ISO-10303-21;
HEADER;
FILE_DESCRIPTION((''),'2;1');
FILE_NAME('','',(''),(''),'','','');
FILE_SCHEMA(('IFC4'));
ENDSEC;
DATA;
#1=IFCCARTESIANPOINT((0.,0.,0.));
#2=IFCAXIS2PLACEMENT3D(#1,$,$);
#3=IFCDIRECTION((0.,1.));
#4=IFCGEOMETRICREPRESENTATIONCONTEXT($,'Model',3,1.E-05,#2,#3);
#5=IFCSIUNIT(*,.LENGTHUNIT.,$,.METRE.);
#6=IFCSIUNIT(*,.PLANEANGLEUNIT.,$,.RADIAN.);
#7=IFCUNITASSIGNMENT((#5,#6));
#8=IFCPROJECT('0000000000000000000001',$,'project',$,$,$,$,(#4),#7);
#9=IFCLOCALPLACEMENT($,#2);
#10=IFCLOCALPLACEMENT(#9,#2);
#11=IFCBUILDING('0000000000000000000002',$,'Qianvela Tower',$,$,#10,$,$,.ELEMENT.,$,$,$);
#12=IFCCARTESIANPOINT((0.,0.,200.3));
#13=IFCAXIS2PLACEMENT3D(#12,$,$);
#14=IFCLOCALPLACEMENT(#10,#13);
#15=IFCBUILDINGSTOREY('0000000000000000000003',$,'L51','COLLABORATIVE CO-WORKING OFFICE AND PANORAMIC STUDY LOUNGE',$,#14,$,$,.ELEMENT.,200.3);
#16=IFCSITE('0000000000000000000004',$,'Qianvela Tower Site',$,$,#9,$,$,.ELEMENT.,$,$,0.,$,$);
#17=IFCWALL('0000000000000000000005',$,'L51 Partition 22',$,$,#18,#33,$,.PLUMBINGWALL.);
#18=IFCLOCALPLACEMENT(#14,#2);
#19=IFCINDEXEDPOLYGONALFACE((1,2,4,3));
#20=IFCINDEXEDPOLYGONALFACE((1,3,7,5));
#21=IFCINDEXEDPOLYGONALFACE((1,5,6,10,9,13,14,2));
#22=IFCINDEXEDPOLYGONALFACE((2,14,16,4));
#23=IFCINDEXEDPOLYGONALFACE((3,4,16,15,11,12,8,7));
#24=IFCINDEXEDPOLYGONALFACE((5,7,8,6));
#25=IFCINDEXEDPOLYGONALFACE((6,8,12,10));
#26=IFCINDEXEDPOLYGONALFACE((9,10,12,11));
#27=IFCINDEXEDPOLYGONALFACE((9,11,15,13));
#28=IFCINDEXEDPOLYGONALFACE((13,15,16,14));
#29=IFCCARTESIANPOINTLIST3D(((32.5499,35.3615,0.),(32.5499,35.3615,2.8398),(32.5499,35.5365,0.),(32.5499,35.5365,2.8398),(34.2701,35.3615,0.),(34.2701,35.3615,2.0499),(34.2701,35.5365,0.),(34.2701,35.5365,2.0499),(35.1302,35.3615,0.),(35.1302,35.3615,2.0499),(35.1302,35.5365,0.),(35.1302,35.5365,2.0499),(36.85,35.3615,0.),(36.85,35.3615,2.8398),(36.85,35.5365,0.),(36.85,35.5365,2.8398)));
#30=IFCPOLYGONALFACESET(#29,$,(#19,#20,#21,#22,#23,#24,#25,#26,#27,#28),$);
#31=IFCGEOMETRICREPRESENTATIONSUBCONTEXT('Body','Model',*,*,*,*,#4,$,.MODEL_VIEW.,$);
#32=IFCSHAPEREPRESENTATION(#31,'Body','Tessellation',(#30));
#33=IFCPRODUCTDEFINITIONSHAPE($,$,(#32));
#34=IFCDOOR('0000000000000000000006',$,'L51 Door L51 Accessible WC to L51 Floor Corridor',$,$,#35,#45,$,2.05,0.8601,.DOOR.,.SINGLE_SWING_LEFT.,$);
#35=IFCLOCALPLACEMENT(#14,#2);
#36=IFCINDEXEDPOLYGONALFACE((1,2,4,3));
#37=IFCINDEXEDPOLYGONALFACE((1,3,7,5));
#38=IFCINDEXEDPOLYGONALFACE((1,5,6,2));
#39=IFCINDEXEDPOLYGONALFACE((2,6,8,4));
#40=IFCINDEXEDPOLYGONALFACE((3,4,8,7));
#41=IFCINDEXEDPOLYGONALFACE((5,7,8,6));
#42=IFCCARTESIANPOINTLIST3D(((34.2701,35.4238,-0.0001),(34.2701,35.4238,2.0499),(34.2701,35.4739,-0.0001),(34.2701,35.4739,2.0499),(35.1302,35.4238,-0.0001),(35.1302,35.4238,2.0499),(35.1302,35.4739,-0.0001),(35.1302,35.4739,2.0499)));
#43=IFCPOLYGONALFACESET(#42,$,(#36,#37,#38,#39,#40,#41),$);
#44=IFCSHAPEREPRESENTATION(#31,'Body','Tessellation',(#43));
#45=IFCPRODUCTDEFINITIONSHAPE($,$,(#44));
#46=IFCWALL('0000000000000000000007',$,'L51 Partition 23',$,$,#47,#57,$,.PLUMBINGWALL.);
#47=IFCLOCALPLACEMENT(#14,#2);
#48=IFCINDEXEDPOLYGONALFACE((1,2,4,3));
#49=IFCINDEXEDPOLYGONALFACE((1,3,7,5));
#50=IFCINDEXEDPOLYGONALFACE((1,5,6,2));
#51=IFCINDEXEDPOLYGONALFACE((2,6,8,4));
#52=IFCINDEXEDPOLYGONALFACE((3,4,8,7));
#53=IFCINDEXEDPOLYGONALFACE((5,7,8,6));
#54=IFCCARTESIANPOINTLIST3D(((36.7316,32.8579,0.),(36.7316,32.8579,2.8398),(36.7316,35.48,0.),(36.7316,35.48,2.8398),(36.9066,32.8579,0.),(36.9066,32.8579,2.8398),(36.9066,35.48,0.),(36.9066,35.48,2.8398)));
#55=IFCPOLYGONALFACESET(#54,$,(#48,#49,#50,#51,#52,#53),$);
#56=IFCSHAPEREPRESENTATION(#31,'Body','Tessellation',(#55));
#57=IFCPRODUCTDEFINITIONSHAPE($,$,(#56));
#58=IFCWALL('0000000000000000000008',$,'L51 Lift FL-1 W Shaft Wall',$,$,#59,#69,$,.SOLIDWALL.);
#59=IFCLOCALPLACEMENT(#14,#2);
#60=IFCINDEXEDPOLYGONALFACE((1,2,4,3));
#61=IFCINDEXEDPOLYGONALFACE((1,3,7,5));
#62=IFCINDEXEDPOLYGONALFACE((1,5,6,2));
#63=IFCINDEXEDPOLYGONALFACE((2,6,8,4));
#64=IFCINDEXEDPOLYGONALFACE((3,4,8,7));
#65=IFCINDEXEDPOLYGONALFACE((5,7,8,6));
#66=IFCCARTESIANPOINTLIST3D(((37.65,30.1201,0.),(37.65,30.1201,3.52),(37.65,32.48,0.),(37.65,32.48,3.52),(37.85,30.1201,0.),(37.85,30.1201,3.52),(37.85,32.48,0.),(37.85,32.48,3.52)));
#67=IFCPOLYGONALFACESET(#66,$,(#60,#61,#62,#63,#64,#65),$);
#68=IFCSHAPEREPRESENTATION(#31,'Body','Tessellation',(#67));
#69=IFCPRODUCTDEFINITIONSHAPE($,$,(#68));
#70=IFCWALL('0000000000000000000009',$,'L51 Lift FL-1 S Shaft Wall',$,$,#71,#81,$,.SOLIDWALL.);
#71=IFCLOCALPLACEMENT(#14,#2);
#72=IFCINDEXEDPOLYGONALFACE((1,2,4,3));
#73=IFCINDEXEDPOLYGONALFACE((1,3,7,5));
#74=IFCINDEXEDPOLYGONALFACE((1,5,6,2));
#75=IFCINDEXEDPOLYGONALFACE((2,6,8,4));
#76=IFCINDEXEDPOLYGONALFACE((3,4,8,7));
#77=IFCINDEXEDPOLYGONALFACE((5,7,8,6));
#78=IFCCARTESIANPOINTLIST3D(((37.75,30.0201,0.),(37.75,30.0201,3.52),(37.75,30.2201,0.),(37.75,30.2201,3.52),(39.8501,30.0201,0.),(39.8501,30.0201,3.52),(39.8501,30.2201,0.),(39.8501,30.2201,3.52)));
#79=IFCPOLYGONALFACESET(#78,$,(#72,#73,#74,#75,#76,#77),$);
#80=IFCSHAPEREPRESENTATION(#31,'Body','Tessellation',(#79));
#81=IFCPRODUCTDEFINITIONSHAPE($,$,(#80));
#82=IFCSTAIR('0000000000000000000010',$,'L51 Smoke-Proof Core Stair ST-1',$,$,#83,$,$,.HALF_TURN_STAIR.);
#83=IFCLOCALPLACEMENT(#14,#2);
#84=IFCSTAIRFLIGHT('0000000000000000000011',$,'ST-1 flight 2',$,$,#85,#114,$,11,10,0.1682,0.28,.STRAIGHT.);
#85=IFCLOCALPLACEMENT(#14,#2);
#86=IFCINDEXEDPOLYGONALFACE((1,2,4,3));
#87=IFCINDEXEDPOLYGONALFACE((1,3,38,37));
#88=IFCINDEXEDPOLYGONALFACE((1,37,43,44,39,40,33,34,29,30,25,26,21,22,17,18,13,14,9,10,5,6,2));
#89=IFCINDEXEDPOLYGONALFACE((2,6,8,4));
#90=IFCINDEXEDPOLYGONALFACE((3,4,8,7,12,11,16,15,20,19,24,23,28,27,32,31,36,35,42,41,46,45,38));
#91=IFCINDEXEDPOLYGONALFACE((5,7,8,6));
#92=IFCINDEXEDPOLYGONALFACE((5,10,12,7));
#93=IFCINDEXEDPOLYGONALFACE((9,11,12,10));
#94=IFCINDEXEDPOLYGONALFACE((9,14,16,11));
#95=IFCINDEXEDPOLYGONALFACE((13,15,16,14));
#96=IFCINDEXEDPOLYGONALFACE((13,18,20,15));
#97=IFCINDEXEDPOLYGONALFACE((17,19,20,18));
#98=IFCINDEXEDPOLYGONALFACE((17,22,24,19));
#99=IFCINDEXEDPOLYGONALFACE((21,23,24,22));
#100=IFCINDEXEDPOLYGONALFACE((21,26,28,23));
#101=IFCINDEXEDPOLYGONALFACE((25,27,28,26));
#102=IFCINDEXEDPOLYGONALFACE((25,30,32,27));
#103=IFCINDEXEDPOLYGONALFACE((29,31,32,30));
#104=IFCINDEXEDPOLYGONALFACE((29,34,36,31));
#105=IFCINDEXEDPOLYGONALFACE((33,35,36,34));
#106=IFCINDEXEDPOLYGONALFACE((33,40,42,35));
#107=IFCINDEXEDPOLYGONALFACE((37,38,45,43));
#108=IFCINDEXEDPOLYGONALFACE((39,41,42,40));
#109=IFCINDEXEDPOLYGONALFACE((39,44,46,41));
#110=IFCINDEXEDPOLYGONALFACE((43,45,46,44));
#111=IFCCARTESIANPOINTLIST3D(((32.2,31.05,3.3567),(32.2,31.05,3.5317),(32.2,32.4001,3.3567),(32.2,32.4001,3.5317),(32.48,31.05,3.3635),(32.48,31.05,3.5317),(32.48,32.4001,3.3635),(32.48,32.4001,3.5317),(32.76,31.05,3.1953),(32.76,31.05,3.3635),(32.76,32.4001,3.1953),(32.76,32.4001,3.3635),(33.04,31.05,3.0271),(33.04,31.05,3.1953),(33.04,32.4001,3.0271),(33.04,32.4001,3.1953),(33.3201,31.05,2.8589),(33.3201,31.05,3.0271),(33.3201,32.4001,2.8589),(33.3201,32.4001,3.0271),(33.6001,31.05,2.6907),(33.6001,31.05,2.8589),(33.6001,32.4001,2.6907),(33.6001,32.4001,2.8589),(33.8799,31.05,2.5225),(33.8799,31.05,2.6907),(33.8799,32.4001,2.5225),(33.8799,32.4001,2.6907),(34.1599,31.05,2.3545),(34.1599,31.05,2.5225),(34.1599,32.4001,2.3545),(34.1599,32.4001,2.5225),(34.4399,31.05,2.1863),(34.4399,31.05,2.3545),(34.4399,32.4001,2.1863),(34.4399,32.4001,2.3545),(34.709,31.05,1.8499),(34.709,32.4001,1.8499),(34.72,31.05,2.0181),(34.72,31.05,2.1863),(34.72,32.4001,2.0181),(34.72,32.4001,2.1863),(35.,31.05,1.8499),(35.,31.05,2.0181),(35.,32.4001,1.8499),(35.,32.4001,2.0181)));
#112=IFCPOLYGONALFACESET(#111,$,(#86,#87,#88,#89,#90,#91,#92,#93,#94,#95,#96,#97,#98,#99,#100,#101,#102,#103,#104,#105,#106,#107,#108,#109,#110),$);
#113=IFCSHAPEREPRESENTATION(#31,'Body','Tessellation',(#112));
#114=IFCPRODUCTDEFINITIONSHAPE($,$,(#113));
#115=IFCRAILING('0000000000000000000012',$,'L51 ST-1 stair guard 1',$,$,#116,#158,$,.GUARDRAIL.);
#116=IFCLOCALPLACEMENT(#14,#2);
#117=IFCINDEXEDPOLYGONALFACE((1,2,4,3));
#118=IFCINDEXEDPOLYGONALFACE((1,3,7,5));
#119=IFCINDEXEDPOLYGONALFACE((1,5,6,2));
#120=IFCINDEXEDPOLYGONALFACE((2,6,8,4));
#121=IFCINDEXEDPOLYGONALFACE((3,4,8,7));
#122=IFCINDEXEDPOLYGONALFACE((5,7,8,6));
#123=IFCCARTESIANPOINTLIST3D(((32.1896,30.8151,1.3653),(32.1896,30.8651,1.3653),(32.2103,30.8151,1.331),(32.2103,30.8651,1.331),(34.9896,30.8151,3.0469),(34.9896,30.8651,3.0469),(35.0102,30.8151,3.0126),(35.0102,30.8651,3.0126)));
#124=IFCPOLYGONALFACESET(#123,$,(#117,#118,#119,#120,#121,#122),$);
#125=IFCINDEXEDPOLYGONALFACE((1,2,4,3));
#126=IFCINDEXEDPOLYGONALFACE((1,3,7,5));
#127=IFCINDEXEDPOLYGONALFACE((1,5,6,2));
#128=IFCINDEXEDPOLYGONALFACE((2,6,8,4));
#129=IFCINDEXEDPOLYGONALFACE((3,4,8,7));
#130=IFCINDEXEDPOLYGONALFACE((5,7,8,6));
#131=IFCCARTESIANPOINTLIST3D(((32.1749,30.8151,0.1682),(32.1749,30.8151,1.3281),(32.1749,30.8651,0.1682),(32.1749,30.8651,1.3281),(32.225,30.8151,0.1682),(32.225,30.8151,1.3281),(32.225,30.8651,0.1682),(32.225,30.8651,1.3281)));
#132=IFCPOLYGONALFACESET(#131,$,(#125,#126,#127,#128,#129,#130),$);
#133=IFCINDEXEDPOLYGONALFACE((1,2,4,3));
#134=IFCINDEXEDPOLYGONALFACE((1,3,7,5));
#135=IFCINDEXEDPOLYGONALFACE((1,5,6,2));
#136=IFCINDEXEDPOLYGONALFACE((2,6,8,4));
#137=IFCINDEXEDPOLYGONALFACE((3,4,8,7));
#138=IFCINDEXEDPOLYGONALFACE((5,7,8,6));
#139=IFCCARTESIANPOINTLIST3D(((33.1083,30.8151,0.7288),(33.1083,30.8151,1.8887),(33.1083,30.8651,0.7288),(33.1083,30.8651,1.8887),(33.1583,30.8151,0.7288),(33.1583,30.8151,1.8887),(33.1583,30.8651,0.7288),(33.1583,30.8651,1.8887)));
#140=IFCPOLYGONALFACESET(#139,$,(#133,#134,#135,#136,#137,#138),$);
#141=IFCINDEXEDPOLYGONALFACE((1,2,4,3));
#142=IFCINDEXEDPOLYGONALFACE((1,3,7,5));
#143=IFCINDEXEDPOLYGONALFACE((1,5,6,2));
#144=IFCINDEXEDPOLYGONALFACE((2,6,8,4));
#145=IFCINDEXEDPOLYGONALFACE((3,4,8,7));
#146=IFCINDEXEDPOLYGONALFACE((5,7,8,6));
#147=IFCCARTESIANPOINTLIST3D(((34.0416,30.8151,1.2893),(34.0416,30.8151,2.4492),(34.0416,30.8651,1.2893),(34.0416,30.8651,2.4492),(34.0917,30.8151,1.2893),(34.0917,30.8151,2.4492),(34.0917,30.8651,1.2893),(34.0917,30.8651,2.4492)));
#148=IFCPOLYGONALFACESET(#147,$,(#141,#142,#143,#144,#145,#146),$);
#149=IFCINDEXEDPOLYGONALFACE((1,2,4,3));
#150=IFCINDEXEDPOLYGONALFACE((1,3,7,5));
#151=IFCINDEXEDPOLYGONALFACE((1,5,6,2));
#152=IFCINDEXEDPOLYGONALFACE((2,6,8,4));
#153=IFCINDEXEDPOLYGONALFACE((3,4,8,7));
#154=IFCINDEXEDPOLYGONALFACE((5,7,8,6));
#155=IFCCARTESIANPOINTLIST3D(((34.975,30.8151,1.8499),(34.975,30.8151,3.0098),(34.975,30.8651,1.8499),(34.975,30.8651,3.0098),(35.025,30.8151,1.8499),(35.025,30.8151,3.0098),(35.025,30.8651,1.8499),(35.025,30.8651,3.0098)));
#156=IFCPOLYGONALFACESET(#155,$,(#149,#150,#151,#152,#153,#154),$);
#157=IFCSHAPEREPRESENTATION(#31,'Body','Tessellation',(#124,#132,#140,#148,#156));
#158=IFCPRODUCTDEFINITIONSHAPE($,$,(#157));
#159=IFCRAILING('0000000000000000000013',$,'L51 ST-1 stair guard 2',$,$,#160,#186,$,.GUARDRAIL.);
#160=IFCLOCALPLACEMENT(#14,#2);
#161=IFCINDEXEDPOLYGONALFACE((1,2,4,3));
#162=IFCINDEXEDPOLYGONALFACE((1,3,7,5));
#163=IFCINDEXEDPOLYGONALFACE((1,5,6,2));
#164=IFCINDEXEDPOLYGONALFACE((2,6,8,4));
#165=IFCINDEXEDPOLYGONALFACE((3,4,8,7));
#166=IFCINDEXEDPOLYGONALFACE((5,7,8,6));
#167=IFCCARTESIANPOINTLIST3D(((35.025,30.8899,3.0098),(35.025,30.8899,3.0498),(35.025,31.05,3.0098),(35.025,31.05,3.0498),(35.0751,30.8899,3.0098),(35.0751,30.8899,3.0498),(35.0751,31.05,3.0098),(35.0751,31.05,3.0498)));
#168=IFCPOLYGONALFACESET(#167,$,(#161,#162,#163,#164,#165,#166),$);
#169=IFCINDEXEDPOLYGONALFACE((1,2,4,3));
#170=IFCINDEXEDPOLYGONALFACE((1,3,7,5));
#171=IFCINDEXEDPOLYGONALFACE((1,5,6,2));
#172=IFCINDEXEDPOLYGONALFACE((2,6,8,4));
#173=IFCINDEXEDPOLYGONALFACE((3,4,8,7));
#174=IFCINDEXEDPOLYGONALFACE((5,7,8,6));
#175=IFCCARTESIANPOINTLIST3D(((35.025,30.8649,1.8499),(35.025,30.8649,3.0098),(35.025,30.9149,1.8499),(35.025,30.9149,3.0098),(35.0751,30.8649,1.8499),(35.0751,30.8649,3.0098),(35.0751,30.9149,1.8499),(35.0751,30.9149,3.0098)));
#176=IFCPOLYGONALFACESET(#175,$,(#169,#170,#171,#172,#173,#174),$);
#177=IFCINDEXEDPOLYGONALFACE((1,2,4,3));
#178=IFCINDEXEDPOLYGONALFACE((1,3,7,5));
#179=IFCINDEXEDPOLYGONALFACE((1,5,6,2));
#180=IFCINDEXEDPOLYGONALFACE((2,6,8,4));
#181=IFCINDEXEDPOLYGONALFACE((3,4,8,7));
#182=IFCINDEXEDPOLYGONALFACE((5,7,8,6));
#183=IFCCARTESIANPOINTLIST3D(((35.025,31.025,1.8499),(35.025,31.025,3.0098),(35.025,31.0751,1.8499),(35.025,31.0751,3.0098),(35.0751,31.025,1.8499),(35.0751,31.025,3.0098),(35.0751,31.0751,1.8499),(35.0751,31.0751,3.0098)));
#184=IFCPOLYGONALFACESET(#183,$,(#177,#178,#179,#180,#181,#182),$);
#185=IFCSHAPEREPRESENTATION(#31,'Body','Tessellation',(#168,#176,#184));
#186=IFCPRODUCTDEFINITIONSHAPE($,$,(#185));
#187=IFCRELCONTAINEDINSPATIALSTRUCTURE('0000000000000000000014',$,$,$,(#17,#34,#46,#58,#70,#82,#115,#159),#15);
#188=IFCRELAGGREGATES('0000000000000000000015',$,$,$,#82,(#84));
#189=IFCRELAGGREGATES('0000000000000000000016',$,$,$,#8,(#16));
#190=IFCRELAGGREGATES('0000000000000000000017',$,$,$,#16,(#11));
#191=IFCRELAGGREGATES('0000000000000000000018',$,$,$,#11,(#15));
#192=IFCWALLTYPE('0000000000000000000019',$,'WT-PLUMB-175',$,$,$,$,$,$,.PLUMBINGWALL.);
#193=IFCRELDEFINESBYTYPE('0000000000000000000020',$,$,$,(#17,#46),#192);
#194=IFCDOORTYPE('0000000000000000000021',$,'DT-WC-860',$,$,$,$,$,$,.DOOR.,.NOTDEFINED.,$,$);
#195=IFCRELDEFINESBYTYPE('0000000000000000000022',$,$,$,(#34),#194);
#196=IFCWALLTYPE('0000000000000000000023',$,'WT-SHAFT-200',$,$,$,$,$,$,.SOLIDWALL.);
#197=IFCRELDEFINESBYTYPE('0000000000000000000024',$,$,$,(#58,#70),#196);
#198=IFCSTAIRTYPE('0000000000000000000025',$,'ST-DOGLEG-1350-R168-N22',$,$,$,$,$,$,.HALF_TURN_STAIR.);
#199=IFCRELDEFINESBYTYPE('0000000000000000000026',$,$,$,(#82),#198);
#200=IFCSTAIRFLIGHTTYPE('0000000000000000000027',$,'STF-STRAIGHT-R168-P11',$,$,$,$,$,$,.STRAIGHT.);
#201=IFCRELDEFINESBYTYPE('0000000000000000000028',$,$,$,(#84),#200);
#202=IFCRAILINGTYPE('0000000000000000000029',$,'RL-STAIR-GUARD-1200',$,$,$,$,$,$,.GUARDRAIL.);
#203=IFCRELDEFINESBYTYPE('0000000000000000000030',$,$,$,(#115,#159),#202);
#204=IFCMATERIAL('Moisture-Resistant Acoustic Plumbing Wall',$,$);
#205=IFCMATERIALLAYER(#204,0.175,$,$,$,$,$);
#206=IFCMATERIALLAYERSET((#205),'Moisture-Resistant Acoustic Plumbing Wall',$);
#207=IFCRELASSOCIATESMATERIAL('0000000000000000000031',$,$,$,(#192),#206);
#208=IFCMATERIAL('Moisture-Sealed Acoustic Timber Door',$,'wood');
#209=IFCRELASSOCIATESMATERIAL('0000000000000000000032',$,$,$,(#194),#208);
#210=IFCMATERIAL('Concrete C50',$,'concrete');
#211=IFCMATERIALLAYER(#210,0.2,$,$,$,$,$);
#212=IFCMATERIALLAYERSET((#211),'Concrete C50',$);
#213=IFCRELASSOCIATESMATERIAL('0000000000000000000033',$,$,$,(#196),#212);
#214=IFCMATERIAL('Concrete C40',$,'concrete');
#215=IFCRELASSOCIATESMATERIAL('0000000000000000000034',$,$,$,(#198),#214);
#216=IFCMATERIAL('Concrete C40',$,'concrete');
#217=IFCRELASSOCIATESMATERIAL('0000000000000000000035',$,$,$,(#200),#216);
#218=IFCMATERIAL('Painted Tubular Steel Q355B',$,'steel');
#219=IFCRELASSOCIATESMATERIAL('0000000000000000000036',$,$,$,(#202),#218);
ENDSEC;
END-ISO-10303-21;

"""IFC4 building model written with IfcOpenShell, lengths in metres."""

from ifc_helpers import new_model, si_unit, direction, frame, frame_2d, origin, origin_2d, place, context, subcontext, project, spatial, polyline, rectangle, outline, extrude, material, layer, layer_set, type_object, element, fill, aggregate, save


model = new_model("IFC4")

# Units and contexts
model_context = context("Model", 3, precision=1e-05, world=origin(), true_north=direction((0.0, 1.0)))
body_context = subcontext(model_context, "Body", "Model", "MODEL_VIEW")
ifc_project = project(units=[si_unit("LENGTHUNIT", "METRE"), si_unit("PLANEANGLEUNIT", "RADIAN")], contexts=[model_context])

# Site, building, storey
site_placement = place(None, origin())
site = spatial("IfcSite", under=ifc_project, at=site_placement, Name="Qianvela Tower Site", CompositionType="ELEMENT", RefElevation=0.0)
building_placement = place(site_placement, origin())
building = spatial("IfcBuilding", under=site, at=building_placement, Name="Qianvela Tower", CompositionType="ELEMENT")
storey_placement = place(building_placement, frame((0.0, 0.0, 200.3)))
storey = spatial("IfcBuildingStorey", under=building, at=storey_placement, Name="L51", Description="COLLABORATIVE CO-WORKING OFFICE AND PANORAMIC STUDY LOUNGE", CompositionType="ELEMENT", Elevation=200.3)

# Wall, opening, door
ifc_material_1 = material(Name="Moisture-Resistant Acoustic Plumbing Wall")
ifc_layer_1 = layer(ifc_material_1, 0.175)
ifc_layer_set_1 = layer_set([ifc_layer_1], Name="Moisture-Resistant Acoustic Plumbing Wall")
wall_type_1 = type_object("IfcWallType", Name="WT-PLUMB-175", PredefinedType="PLUMBINGWALL", material=ifc_layer_set_1)
wall_1_placement = place(storey_placement, frame((32.55, 35.449, 0.0), z_axis=(0.0, 0.0, 1.0), x_axis=(1.0, 0.0, 0.0)))
wall_1 = element("IfcWall", 1, at=wall_1_placement, inside=storey, type_object=wall_type_1, Name="L51 Partition 22", PredefinedType="PLUMBINGWALL", context=body_context, shape_type="SweptSolid", body=[
    extrude(rectangle(XDim=4.3, YDim=0.175, at=frame_2d((2.1499, 0.0))), origin(), (0.0, 0.0, 1.0), 2.8398),
])
opening_1_placement = place(wall_1_placement, frame((1.72, 0.0, 0.0)))
opening_1 = element("IfcOpeningElement", 2, at=opening_1_placement, cuts=wall_1, PredefinedType="OPENING", context=body_context, shape_type="SweptSolid", body=[
    extrude(rectangle(XDim=0.8601, YDim=2.05, at=frame_2d((0.4302, 1.0249))), frame((0.0, 0.0974, 0.0), z_axis=(0.0, -1.0, 0.0), x_axis=(1.0, 0.0, 0.0)), (0.0, 0.0, 1.0), 0.1951),
])
ifc_material_2 = material(Name="Moisture-Sealed Acoustic Timber Door", Category="wood")
door_type_1 = type_object("IfcDoorType", Name="DT-WC-860", OperationType="NOTDEFINED", PredefinedType="DOOR", material=ifc_material_2)
door_1_placement = place(opening_1_placement, origin())
door_1 = element("IfcDoor", 3, at=door_1_placement, inside=storey, type_object=door_type_1, Name="L51 Door L51 Accessible WC to L51 Floor Corridor", OperationType="SINGLE_SWING_LEFT", OverallHeight=2.05, OverallWidth=0.8601, PredefinedType="DOOR", context=body_context, shape_type="SweptSolid", body=[
    extrude(rectangle(XDim=0.8601, YDim=2.05, at=frame_2d((0.4302, 1.0249))), frame((0.0, 0.0249, 0.0), z_axis=(0.0, -1.0, 0.0), x_axis=(1.0, 0.0, 0.0)), (0.0, 0.0, 1.0), 0.05),
])
fill(opening_1, door_1)

# Wall
wall_2_placement = place(storey_placement, frame((36.8191, 35.48, 0.0), z_axis=(0.0, 0.0, 1.0), x_axis=(0.0, -1.0, 0.0)))
element("IfcWall", 4, at=wall_2_placement, inside=storey, type_object=wall_type_1, Name="L51 Partition 23", PredefinedType="PLUMBINGWALL", context=body_context, shape_type="SweptSolid", body=[
    extrude(rectangle(XDim=2.6221, YDim=0.175, at=frame_2d((1.311, 0.0))), origin(), (0.0, 0.0, 1.0), 2.8398),
])

# Shared definitions
ifc_material_3 = material(Name="Concrete C50", Category="concrete")
ifc_layer_2 = layer(ifc_material_3, 0.2)
ifc_layer_set_2 = layer_set([ifc_layer_2], Name="Concrete C50")
wall_type_2 = type_object("IfcWallType", Name="WT-SHAFT-200", PredefinedType="SOLIDWALL", material=ifc_layer_set_2)

# Walls
wall_3_placement = place(storey_placement, frame((37.75, 30.1201, 0.0), z_axis=(0.0, 0.0, 1.0), x_axis=(0.0, 1.0, 0.0)))
element("IfcWall", 5, at=wall_3_placement, inside=storey, type_object=wall_type_2, Name="L51 Lift FL-1 W Shaft Wall", PredefinedType="SOLIDWALL", context=body_context, shape_type="SweptSolid", body=[
    extrude(rectangle(XDim=2.3599, YDim=0.2, at=frame_2d((1.1799, 0.0))), origin(), (0.0, 0.0, 1.0), 3.52),
])
wall_4_placement = place(storey_placement, frame((37.75, 30.1201, 0.0), z_axis=(0.0, 0.0, 1.0), x_axis=(1.0, 0.0, 0.0)))
element("IfcWall", 6, at=wall_4_placement, inside=storey, type_object=wall_type_2, Name="L51 Lift FL-1 S Shaft Wall", PredefinedType="SOLIDWALL", context=body_context, shape_type="SweptSolid", body=[
    extrude(rectangle(XDim=2.1001, YDim=0.2, at=frame_2d((1.05, 0.0))), origin(), (0.0, 0.0, 1.0), 3.52),
])

# Stair, stair flight
ifc_material_4 = material(Name="Concrete C40", Category="concrete")
stair_type = type_object("IfcStairType", Name="ST-DOGLEG-1350-R168-N22", PredefinedType="HALF_TURN_STAIR", material=ifc_material_4)
stair_placement = place(storey_placement, origin())
stair = element("IfcStair", 7, at=stair_placement, inside=storey, type_object=stair_type, Name="L51 Smoke-Proof Core Stair ST-1", PredefinedType="HALF_TURN_STAIR")
ifc_material_5 = material(Name="Concrete C40", Category="concrete")
stair_flight_type = type_object("IfcStairFlightType", Name="STF-STRAIGHT-R168-P11", PredefinedType="STRAIGHT", material=ifc_material_5)
stair_flight_placement = place(storey_placement, frame((35.0, 31.7251, 1.8499), z_axis=(0.0, 0.0, 1.0), x_axis=(-1.0, 0.0, 0.0)))
stair_flight = element("IfcStairFlight", 8, at=stair_flight_placement, type_object=stair_flight_type, Name="ST-1 flight 2", NumberOfRisers=11, NumberOfTreads=10, PredefinedType="STRAIGHT", RiserHeight=0.1682, TreadLength=0.28, context=body_context, shape_type="SweptSolid", body=[
    extrude(outline(polyline([(0.0, 0.0), (0.0, 0.1682), (0.28, 0.1682), (0.28, 0.3364), (0.5601, 0.3364), (0.5601, 0.5046), (0.8401, 0.5046), (0.8401, 0.6726), (1.1201, 0.6726), (1.1201, 0.8408), (1.3999, 0.8408), (1.3999, 1.009), (1.6799, 1.009), (1.6799, 1.1772), (1.96, 1.1772), (1.96, 1.3455), (2.24, 1.3455), (2.24, 1.5137), (2.52, 1.5137), (2.52, 1.6819), (2.8, 1.6819), (2.8, 1.8501), (2.8, 1.5068), (0.291, 0.0), (0.0, 0.0)])), frame((0.0, 0.675, 0.0), z_axis=(0.0, -1.0, 0.0), x_axis=(1.0, 0.0, 0.0)), (0.0, 0.0, 1.0), 1.3501),
])
aggregate(stair, [stair_flight])

# Railings
ifc_material_6 = material(Name="Painted Tubular Steel Q355B", Category="steel")
railing_type_1 = type_object("IfcRailingType", Name="RL-STAIR-GUARD-1200", PredefinedType="GUARDRAIL", material=ifc_material_6)
railing_1_placement = place(storey_placement, frame((32.2, 30.8401, 0.1682)))
element("IfcRailing", 9, at=railing_1_placement, inside=storey, type_object=railing_type_1, Name="L51 ST-1 stair guard 1", PredefinedType="GUARDRAIL", context=body_context, shape_type="SweptSolid", body=[
    extrude(rectangle(XDim=0.05, YDim=0.04, at=origin_2d()), frame((0.0, 0.0, 1.1799), z_axis=(0.857275, 0.0, 0.514858), x_axis=(0.0, 1.0, 0.0)), (0.0, 0.0, 1.0), 3.2661),
    extrude(rectangle(XDim=0.05, YDim=0.05, at=origin_2d()), origin(), (0.0, 0.0, 1.0), 1.1599),
    extrude(rectangle(XDim=0.05, YDim=0.05, at=origin_2d()), frame((0.9333, 0.0, 0.5605)), (0.0, 0.0, 1.0), 1.1599),
    extrude(rectangle(XDim=0.05, YDim=0.05, at=origin_2d()), frame((1.8667, 0.0, 1.1211)), (0.0, 0.0, 1.0), 1.1599),
    extrude(rectangle(XDim=0.05, YDim=0.05, at=origin_2d()), frame((2.8, 0.0, 1.6816)), (0.0, 0.0, 1.0), 1.1599),
])
railing_2_placement = place(storey_placement, frame((35.05, 30.8899, 1.8499)))
element("IfcRailing", 10, at=railing_2_placement, inside=storey, type_object=railing_type_1, Name="L51 ST-1 stair guard 2", PredefinedType="GUARDRAIL", context=body_context, shape_type="SweptSolid", body=[
    extrude(rectangle(XDim=0.05, YDim=0.04, at=origin_2d()), frame((0.0, 0.0, 1.1799), z_axis=(0.0, 1.0, 0.0), x_axis=(-1.0, 0.0, 0.0)), (0.0, 0.0, 1.0), 0.1602),
    extrude(rectangle(XDim=0.05, YDim=0.05, at=origin_2d()), origin(), (0.0, 0.0, 1.0), 1.1599),
    extrude(rectangle(XDim=0.05, YDim=0.05, at=origin_2d()), frame((0.0, 0.1602, 0.0)), (0.0, 0.0, 1.0), 1.1599),
])

save(model, "model.ifc")
